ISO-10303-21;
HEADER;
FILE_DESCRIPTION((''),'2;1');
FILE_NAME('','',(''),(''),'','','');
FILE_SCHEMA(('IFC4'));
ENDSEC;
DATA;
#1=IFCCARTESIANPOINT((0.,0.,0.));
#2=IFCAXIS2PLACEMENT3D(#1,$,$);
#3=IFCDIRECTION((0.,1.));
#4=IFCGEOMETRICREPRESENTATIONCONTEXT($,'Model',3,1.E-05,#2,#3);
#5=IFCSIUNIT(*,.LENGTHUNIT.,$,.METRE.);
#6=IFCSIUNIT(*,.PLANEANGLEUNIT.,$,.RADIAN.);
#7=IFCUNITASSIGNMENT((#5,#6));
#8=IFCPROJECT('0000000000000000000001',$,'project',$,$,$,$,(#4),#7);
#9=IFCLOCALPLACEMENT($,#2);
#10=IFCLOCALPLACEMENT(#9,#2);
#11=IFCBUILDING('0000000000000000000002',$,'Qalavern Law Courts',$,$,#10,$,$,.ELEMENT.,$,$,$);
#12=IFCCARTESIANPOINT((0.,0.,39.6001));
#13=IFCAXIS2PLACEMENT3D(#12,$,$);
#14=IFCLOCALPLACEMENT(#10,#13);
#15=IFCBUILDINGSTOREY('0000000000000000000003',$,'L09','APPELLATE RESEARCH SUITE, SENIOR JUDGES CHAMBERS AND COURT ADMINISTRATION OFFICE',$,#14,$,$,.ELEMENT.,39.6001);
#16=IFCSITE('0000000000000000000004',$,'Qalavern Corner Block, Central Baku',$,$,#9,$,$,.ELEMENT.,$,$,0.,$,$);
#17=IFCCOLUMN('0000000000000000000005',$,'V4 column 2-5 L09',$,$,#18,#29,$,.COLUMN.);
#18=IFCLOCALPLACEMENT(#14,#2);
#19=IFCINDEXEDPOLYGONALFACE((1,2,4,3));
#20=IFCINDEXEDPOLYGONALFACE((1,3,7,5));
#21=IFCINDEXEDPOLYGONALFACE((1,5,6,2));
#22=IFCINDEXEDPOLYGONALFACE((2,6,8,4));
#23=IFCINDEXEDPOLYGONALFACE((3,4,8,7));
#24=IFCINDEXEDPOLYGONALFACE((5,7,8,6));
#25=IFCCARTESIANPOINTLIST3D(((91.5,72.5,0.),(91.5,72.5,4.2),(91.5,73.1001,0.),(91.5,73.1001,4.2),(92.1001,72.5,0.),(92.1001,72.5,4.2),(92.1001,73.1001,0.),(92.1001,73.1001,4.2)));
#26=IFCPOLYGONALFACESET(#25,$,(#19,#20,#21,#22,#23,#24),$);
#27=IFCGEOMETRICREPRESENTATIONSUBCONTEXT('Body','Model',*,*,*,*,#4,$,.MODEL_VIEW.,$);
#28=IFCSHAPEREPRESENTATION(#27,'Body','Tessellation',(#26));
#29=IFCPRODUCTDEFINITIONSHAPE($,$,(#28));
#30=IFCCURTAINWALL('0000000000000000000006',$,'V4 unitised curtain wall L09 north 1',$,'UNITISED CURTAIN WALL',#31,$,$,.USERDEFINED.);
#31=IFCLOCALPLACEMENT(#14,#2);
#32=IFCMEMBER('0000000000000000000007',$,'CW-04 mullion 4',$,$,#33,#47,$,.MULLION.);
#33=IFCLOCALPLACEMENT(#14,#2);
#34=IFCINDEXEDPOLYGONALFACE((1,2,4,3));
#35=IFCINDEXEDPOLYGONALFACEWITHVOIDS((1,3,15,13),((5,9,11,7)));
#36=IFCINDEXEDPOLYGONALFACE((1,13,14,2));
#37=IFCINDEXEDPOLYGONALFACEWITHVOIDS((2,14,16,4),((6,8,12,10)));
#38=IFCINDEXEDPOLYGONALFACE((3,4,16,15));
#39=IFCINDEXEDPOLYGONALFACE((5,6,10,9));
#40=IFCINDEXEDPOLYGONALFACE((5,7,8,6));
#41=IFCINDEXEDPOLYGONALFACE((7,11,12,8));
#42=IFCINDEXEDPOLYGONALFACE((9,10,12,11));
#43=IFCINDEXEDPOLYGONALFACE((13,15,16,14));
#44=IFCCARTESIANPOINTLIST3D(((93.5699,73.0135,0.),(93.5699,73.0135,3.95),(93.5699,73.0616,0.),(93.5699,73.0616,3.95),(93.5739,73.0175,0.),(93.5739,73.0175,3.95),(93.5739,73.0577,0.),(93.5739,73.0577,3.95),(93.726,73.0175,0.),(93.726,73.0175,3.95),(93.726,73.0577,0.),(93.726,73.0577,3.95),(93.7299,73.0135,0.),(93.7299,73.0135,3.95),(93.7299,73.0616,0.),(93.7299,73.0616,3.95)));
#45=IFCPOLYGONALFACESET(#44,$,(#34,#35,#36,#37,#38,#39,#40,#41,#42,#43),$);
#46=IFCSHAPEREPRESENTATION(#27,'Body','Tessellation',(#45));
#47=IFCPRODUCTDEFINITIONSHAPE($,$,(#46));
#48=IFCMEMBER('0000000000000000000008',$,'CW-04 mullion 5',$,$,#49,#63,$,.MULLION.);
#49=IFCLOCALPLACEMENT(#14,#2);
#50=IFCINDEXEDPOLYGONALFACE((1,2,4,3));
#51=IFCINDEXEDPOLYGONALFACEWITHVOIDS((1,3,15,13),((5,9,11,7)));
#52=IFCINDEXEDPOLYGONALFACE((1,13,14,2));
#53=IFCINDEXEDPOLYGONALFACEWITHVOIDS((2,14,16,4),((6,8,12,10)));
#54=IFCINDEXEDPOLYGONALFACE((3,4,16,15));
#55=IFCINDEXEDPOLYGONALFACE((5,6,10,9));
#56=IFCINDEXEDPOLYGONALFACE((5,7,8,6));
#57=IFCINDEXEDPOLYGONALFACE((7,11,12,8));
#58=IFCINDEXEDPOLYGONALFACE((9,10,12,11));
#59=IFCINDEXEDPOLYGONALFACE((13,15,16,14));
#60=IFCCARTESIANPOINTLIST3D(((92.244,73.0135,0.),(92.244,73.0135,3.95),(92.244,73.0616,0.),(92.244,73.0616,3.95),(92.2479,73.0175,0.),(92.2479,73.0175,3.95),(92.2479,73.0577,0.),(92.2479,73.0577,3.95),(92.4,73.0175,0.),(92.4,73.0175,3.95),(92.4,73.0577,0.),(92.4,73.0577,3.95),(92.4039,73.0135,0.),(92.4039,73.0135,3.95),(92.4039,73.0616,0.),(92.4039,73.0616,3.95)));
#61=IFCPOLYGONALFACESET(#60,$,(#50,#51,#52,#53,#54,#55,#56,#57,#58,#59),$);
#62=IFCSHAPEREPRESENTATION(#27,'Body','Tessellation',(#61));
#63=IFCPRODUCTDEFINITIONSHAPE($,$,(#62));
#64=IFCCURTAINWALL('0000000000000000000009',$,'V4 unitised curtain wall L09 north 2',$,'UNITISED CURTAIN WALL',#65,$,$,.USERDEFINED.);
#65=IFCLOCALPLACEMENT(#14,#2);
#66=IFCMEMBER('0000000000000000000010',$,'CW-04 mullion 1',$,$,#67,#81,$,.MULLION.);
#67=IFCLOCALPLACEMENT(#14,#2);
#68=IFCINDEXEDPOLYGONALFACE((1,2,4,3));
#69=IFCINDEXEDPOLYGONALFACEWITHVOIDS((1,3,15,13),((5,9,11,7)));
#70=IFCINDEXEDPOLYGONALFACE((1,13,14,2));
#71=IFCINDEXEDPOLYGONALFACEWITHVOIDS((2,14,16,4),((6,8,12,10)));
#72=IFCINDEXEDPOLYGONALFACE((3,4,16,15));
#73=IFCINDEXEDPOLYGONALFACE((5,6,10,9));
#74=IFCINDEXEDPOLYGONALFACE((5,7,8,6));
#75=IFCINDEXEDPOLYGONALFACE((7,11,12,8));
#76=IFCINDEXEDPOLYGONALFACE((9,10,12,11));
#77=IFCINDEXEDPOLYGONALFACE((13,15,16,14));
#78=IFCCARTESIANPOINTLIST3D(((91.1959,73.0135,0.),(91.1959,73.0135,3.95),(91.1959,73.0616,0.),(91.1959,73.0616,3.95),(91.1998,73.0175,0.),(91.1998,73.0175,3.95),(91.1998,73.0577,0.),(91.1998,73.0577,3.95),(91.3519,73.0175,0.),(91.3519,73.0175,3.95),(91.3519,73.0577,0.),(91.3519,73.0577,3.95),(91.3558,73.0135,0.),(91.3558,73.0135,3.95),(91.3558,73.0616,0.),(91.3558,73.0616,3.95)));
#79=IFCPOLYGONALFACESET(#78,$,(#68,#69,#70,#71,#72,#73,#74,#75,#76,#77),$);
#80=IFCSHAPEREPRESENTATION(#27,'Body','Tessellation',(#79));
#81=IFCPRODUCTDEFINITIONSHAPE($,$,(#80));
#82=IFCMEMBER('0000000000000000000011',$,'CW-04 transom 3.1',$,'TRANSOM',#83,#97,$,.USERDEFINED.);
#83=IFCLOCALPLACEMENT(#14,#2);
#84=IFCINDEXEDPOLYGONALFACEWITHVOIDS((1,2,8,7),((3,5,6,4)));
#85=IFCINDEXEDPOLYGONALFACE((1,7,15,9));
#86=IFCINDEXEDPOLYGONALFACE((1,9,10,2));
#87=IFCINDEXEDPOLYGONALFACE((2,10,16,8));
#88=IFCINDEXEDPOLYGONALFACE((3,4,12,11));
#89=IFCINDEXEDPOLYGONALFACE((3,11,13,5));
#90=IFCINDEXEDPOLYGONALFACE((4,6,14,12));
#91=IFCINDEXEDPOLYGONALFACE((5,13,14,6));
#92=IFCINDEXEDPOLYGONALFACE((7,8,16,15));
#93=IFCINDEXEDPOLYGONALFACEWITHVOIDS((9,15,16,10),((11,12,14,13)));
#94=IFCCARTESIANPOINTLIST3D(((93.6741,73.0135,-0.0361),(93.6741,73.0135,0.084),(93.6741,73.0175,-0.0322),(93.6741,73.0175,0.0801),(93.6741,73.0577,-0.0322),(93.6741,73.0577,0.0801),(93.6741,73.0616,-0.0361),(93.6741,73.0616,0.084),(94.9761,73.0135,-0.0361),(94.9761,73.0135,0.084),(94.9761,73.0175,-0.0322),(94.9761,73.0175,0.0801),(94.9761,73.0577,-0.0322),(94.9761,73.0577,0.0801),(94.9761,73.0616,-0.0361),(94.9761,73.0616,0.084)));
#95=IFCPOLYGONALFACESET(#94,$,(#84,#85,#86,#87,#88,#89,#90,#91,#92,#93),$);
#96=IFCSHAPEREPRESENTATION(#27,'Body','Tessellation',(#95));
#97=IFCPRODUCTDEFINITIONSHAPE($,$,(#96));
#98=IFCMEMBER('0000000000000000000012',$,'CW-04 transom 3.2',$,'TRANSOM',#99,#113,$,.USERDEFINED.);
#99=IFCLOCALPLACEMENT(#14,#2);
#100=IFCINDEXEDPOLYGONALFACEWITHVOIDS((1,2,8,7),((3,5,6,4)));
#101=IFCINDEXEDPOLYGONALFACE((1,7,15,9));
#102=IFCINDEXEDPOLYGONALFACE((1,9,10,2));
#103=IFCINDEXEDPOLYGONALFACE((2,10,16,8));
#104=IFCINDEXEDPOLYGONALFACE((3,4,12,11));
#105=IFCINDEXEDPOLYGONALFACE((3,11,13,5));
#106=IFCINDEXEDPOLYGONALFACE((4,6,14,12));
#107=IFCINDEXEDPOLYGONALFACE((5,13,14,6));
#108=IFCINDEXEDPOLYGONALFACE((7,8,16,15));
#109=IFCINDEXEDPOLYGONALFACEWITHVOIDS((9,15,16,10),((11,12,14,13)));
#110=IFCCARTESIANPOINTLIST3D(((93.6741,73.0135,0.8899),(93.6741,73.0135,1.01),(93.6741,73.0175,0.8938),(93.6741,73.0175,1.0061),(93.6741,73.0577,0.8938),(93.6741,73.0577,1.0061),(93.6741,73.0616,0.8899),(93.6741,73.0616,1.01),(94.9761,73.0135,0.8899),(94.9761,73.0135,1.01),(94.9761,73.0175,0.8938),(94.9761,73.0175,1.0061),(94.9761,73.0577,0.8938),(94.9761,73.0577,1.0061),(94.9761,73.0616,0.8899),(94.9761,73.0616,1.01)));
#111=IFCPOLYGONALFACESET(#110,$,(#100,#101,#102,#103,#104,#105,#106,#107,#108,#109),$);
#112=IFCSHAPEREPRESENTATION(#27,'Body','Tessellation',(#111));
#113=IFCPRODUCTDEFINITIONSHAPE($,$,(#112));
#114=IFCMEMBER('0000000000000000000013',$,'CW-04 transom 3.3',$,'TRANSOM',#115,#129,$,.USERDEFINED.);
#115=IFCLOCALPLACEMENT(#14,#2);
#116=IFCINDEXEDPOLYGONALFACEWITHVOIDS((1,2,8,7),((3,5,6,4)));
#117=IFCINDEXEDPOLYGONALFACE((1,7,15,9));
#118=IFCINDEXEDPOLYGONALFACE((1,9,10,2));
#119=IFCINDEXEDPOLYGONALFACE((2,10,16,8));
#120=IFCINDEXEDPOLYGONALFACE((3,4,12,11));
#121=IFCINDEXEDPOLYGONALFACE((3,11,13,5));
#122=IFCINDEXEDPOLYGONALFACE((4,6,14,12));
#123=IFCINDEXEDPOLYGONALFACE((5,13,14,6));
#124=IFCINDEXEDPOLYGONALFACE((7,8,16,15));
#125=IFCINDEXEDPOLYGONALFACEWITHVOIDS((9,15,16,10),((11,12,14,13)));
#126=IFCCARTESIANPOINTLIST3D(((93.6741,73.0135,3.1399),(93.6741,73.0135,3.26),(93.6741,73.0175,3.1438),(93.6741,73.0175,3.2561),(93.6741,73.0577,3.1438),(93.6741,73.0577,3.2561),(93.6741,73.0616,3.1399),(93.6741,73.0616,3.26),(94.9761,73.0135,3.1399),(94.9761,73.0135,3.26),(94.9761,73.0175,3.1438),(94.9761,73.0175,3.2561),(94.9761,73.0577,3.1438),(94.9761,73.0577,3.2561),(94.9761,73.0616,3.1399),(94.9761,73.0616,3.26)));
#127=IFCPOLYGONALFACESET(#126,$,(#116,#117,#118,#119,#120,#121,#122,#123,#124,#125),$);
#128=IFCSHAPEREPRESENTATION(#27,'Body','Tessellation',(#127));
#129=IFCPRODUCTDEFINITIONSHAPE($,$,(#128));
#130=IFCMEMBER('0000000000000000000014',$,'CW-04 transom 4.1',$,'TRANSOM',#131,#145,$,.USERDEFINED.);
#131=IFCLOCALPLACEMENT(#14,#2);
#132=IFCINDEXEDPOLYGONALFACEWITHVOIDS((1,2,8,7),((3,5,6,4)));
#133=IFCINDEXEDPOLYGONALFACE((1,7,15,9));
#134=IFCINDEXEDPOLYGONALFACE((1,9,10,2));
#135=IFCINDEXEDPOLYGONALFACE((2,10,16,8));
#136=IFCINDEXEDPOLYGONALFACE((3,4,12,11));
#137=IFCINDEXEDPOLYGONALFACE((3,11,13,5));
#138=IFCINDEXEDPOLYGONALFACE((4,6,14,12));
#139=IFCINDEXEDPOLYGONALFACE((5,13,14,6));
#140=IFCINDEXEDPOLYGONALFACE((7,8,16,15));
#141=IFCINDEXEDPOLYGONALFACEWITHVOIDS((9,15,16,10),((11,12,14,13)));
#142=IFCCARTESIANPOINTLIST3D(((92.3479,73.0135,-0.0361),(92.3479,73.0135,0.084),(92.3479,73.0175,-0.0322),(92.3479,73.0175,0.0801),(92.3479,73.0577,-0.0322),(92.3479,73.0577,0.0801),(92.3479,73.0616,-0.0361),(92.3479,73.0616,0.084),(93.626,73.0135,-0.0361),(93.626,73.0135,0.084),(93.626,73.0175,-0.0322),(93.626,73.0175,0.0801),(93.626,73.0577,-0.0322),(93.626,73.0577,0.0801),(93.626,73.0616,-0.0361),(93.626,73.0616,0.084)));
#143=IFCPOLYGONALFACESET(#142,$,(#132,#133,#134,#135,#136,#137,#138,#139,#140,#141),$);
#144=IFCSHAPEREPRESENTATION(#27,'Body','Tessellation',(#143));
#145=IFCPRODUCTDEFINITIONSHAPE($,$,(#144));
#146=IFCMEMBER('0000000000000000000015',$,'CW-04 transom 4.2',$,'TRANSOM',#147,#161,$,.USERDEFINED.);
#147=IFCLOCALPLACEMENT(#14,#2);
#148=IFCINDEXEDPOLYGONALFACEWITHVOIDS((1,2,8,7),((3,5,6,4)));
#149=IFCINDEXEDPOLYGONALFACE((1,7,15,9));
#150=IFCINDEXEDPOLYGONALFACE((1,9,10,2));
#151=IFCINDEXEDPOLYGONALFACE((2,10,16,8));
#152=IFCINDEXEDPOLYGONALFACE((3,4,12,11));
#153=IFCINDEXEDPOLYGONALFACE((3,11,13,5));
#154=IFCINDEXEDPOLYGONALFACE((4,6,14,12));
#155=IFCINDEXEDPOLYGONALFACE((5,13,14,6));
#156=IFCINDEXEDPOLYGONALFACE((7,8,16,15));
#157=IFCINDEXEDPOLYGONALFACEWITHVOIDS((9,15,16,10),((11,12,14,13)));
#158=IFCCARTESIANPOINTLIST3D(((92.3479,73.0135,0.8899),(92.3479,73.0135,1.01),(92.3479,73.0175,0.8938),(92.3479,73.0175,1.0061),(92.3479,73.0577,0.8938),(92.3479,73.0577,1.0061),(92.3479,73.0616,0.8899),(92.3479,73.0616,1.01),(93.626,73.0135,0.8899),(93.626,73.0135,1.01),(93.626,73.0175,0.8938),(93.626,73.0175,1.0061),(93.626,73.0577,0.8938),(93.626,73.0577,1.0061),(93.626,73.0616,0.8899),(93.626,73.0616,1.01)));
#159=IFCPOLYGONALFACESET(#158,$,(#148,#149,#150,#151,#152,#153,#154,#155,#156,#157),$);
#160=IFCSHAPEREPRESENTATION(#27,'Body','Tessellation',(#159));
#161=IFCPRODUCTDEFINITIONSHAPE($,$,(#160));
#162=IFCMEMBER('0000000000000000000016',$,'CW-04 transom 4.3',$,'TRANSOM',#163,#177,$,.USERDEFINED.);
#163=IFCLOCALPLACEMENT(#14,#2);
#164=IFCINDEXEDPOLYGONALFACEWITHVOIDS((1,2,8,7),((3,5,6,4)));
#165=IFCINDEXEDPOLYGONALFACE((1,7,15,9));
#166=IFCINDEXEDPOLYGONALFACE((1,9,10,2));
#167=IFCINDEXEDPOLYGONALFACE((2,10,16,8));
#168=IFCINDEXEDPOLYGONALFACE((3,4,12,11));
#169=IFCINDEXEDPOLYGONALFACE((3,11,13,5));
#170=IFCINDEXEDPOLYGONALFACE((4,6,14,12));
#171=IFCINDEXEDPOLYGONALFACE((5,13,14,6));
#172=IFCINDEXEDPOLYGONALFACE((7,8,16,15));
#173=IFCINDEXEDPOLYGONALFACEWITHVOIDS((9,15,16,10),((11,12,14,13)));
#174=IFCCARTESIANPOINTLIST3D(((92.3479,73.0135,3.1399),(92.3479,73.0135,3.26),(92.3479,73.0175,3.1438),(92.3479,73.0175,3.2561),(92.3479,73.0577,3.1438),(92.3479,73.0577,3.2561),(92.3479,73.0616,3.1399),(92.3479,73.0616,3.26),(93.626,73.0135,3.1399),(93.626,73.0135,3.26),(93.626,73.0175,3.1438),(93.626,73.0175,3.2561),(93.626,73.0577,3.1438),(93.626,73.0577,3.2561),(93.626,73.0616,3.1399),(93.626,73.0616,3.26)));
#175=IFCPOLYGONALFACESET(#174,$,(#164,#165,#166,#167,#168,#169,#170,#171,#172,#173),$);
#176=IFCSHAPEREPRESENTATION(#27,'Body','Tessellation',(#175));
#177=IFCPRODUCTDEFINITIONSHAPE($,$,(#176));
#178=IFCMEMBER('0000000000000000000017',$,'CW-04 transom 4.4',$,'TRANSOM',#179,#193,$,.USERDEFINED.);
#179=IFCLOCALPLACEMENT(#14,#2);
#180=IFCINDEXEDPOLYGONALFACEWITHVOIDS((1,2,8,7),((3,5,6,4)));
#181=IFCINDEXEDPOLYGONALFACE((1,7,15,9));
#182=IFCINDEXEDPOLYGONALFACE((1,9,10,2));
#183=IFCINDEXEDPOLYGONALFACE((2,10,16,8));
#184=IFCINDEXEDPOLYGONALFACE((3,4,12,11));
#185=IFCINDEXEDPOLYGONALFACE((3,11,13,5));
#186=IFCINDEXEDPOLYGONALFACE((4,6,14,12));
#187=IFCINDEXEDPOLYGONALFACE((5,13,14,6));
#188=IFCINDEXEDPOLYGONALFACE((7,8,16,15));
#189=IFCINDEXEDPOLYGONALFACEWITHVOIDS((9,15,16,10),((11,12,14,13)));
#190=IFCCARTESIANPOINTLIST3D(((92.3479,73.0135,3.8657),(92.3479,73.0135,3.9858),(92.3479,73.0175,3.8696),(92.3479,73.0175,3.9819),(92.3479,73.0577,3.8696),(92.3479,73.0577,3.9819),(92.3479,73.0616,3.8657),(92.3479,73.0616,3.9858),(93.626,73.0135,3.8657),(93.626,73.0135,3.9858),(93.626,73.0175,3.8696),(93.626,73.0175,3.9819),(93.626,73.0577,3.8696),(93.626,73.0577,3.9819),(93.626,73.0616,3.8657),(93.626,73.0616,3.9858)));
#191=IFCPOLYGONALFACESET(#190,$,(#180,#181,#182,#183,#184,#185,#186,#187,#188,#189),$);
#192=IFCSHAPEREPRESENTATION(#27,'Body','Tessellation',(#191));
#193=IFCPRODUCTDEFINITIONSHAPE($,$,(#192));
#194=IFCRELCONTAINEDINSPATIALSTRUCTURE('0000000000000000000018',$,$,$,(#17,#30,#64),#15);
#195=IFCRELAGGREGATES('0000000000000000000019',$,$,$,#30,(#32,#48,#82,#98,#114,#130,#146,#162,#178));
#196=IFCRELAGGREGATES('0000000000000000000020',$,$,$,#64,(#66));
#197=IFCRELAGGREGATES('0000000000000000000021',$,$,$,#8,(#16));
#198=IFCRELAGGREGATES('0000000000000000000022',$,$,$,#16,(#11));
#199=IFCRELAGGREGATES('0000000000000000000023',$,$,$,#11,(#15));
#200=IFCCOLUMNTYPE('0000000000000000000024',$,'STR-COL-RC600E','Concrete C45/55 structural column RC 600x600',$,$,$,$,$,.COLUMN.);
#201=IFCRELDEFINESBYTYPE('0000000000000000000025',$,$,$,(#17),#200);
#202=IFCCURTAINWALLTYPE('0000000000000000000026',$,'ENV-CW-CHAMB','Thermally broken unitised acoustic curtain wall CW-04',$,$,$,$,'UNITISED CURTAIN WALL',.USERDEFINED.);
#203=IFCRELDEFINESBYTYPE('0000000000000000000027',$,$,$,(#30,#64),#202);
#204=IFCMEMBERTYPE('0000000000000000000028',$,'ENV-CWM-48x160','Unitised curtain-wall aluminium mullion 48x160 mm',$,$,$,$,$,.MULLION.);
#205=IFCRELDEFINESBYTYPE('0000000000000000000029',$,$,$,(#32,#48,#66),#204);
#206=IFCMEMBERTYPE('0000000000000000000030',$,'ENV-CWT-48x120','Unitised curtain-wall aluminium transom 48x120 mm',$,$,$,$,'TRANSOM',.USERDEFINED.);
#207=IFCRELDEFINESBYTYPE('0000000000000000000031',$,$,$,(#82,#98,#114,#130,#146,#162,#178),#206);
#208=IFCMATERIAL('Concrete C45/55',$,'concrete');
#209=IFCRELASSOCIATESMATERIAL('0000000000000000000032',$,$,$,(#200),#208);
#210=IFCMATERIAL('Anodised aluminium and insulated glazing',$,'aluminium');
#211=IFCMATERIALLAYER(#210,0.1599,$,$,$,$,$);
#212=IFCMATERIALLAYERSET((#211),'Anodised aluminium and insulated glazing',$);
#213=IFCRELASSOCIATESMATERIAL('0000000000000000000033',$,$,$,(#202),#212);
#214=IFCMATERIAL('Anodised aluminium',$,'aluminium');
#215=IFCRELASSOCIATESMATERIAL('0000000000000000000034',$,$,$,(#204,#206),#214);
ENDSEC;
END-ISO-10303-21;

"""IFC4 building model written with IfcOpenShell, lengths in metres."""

from ifc_helpers import new_model, si_unit, direction, frame, origin, origin_2d, place, context, subcontext, project, spatial, rectangle, hollow_rectangle, extrude, material, layer, layer_set, material_profile, profile_set, type_object, element, aggregate, save


model = new_model("IFC4")

# Units and contexts
model_context = context("Model", 3, precision=1e-05, world=origin(), true_north=direction((0.0, 1.0)))
body_context = subcontext(model_context, "Body", "Model", "MODEL_VIEW")
ifc_project = project(units=[si_unit("LENGTHUNIT", "METRE"), si_unit("PLANEANGLEUNIT", "RADIAN")], contexts=[model_context])

# Site, building, storey
site_placement = place(None, origin())
site = spatial("IfcSite", under=ifc_project, at=site_placement, Name="Qalavern Corner Block, Central Baku", CompositionType="ELEMENT", RefElevation=0.0)
building_placement = place(site_placement, origin())
building = spatial("IfcBuilding", under=site, at=building_placement, Name="Qalavern Law Courts", CompositionType="ELEMENT")
storey_placement = place(building_placement, frame((0.0, 0.0, 39.6001)))
storey = spatial("IfcBuildingStorey", under=building, at=storey_placement, Name="L09", Description="APPELLATE RESEARCH SUITE, SENIOR JUDGES CHAMBERS AND COURT ADMINISTRATION OFFICE", CompositionType="ELEMENT", Elevation=39.6001)

# Column
ifc_material_1 = material(Name="Concrete C45/55", Category="concrete")
ifc_material_profile_1 = material_profile(ifc_material_1, rectangle(XDim=0.6001, YDim=0.6001, at=origin_2d()), Name="RC 600x600")
ifc_profile_set_1 = profile_set([ifc_material_profile_1], Name="Concrete C45/55")
column_type = type_object("IfcColumnType", Name="STR-COL-RC600E", Description="Concrete C45/55 structural column RC 600x600", PredefinedType="COLUMN", material=ifc_profile_set_1)
column_placement = place(storey_placement, frame((91.8, 72.8, 0.0), z_axis=(0.0, 0.0, 1.0), x_axis=(1.0, 0.0, 0.0)))
element("IfcColumn", 1, at=column_placement, inside=storey, type_object=column_type, Name="V4 column 2-5 L09", PredefinedType="COLUMN", context=body_context, shape_type="SweptSolid", body=[
    extrude(rectangle(XDim=0.6001, YDim=0.6001, at=origin_2d()), origin(), (0.0, 0.0, 1.0), 4.2),
])

# Curtain wall, members
ifc_material_2 = material(Name="Anodised aluminium and insulated glazing", Category="aluminium")
ifc_layer_1 = layer(ifc_material_2, 0.1599)
ifc_layer_set_1 = layer_set([ifc_layer_1], Name="Anodised aluminium and insulated glazing")
curtain_wall_type = type_object("IfcCurtainWallType", Name="ENV-CW-CHAMB", Description="Thermally broken unitised acoustic curtain wall CW-04", ElementType="UNITISED CURTAIN WALL", PredefinedType="USERDEFINED", material=ifc_layer_set_1)
curtain_wall_1_placement = place(storey_placement, origin())
curtain_wall_1 = element("IfcCurtainWall", 2, at=curtain_wall_1_placement, inside=storey, type_object=curtain_wall_type, Name="V4 unitised curtain wall L09 north 1", ObjectType="UNITISED CURTAIN WALL", PredefinedType="USERDEFINED")
ifc_material_3 = material(Name="Anodised aluminium", Category="aluminium")
ifc_material_profile_2 = material_profile(ifc_material_3, hollow_rectangle(XDim=0.0481, YDim=0.1599, WallThickness=0.0039, at=origin_2d()), Name="ALU MULLION 48x160")
ifc_profile_set_2 = profile_set([ifc_material_profile_2], Name="Anodised aluminium")
member_type_1 = type_object("IfcMemberType", Name="ENV-CWM-48x160", Description="Unitised curtain-wall aluminium mullion 48x160 mm", PredefinedType="MULLION", material=ifc_profile_set_2)
member_1_placement = place(storey_placement, frame((93.6499, 73.0376, 0.0), z_axis=(0.0, 0.0, 1.0), x_axis=(0.0, -1.0, 0.0)))
member_1 = element("IfcMember", 3, at=member_1_placement, type_object=member_type_1, Name="CW-04 mullion 4", PredefinedType="MULLION", context=body_context, shape_type="SweptSolid", body=[
    extrude(hollow_rectangle(XDim=0.0481, YDim=0.1599, WallThickness=0.0039, at=origin_2d()), origin(), (0.0, 0.0, 1.0), 3.95),
])
member_2_placement = place(storey_placement, frame((92.324, 73.0376, 0.0), z_axis=(0.0, 0.0, 1.0), x_axis=(0.0, -1.0, 0.0)))
member_2 = element("IfcMember", 4, at=member_2_placement, type_object=member_type_1, Name="CW-04 mullion 5", PredefinedType="MULLION", context=body_context, shape_type="SweptSolid", body=[
    extrude(hollow_rectangle(XDim=0.0481, YDim=0.1599, WallThickness=0.0039, at=origin_2d()), origin(), (0.0, 0.0, 1.0), 3.95),
])

# Curtain wall, member
curtain_wall_2_placement = place(storey_placement, origin())
curtain_wall_2 = element("IfcCurtainWall", 5, at=curtain_wall_2_placement, inside=storey, type_object=curtain_wall_type, Name="V4 unitised curtain wall L09 north 2", ObjectType="UNITISED CURTAIN WALL", PredefinedType="USERDEFINED")
member_3_placement = place(storey_placement, frame((91.2759, 73.0376, 0.0), z_axis=(0.0, 0.0, 1.0), x_axis=(0.0, -1.0, 0.0)))
member_3 = element("IfcMember", 6, at=member_3_placement, type_object=member_type_1, Name="CW-04 mullion 1", PredefinedType="MULLION", context=body_context, shape_type="SweptSolid", body=[
    extrude(hollow_rectangle(XDim=0.0481, YDim=0.1599, WallThickness=0.0039, at=origin_2d()), origin(), (0.0, 0.0, 1.0), 3.95),
])

# Members
ifc_material_profile_3 = material_profile(ifc_material_3, hollow_rectangle(XDim=0.0481, YDim=0.1201, WallThickness=0.0039, at=origin_2d()), Name="ALU TRANSOM 48x120")
ifc_profile_set_3 = profile_set([ifc_material_profile_3], Name="Anodised aluminium")
member_type_2 = type_object("IfcMemberType", Name="ENV-CWT-48x120", Description="Unitised curtain-wall aluminium transom 48x120 mm", ElementType="TRANSOM", PredefinedType="USERDEFINED", material=ifc_profile_set_3)
member_4_placement = place(storey_placement, frame((94.9761, 73.0376, 0.0239), z_axis=(-1.0, 0.0, 0.0), x_axis=(0.0, -1.0, 0.0)))
member_4 = element("IfcMember", 7, at=member_4_placement, type_object=member_type_2, Name="CW-04 transom 3.1", ObjectType="TRANSOM", PredefinedType="USERDEFINED", context=body_context, shape_type="SweptSolid", body=[
    extrude(hollow_rectangle(XDim=0.0481, YDim=0.1201, WallThickness=0.0039, at=origin_2d()), origin(), (0.0, 0.0, 1.0), 1.302),
])
member_5_placement = place(storey_placement, frame((94.9761, 73.0376, 0.95), z_axis=(-1.0, 0.0, 0.0), x_axis=(0.0, -1.0, 0.0)))
member_5 = element("IfcMember", 8, at=member_5_placement, type_object=member_type_2, Name="CW-04 transom 3.2", ObjectType="TRANSOM", PredefinedType="USERDEFINED", context=body_context, shape_type="SweptSolid", body=[
    extrude(hollow_rectangle(XDim=0.0481, YDim=0.1201, WallThickness=0.0039, at=origin_2d()), origin(), (0.0, 0.0, 1.0), 1.302),
])
member_6_placement = place(storey_placement, frame((94.9761, 73.0376, 3.2), z_axis=(-1.0, 0.0, 0.0), x_axis=(0.0, -1.0, 0.0)))
member_6 = element("IfcMember", 9, at=member_6_placement, type_object=member_type_2, Name="CW-04 transom 3.3", ObjectType="TRANSOM", PredefinedType="USERDEFINED", context=body_context, shape_type="SweptSolid", body=[
    extrude(hollow_rectangle(XDim=0.0481, YDim=0.1201, WallThickness=0.0039, at=origin_2d()), origin(), (0.0, 0.0, 1.0), 1.302),
])
member_7_placement = place(storey_placement, frame((93.626, 73.0376, 0.0239), z_axis=(-1.0, 0.0, 0.0), x_axis=(0.0, -1.0, 0.0)))
member_7 = element("IfcMember", 10, at=member_7_placement, type_object=member_type_2, Name="CW-04 transom 4.1", ObjectType="TRANSOM", PredefinedType="USERDEFINED", context=body_context, shape_type="SweptSolid", body=[
    extrude(hollow_rectangle(XDim=0.0481, YDim=0.1201, WallThickness=0.0039, at=origin_2d()), origin(), (0.0, 0.0, 1.0), 1.2781),
])
member_8_placement = place(storey_placement, frame((93.626, 73.0376, 0.95), z_axis=(-1.0, 0.0, 0.0), x_axis=(0.0, -1.0, 0.0)))
member_8 = element("IfcMember", 11, at=member_8_placement, type_object=member_type_2, Name="CW-04 transom 4.2", ObjectType="TRANSOM", PredefinedType="USERDEFINED", context=body_context, shape_type="SweptSolid", body=[
    extrude(hollow_rectangle(XDim=0.0481, YDim=0.1201, WallThickness=0.0039, at=origin_2d()), origin(), (0.0, 0.0, 1.0), 1.2781),
])
member_9_placement = place(storey_placement, frame((93.626, 73.0376, 3.2), z_axis=(-1.0, 0.0, 0.0), x_axis=(0.0, -1.0, 0.0)))
member_9 = element("IfcMember", 12, at=member_9_placement, type_object=member_type_2, Name="CW-04 transom 4.3", ObjectType="TRANSOM", PredefinedType="USERDEFINED", context=body_context, shape_type="SweptSolid", body=[
    extrude(hollow_rectangle(XDim=0.0481, YDim=0.1201, WallThickness=0.0039, at=origin_2d()), origin(), (0.0, 0.0, 1.0), 1.2781),
])
member_10_placement = place(storey_placement, frame((93.626, 73.0376, 3.9258), z_axis=(-1.0, 0.0, 0.0), x_axis=(0.0, -1.0, 0.0)))
member_10 = element("IfcMember", 13, at=member_10_placement, type_object=member_type_2, Name="CW-04 transom 4.4", ObjectType="TRANSOM", PredefinedType="USERDEFINED", context=body_context, shape_type="SweptSolid", body=[
    extrude(hollow_rectangle(XDim=0.0481, YDim=0.1201, WallThickness=0.0039, at=origin_2d()), origin(), (0.0, 0.0, 1.0), 1.2781),
])

aggregate(curtain_wall_1, [member_1, member_2, member_4, member_5, member_6, member_7, member_8, member_9, member_10])
aggregate(curtain_wall_2, [member_3])

save(model, "model.ifc")
